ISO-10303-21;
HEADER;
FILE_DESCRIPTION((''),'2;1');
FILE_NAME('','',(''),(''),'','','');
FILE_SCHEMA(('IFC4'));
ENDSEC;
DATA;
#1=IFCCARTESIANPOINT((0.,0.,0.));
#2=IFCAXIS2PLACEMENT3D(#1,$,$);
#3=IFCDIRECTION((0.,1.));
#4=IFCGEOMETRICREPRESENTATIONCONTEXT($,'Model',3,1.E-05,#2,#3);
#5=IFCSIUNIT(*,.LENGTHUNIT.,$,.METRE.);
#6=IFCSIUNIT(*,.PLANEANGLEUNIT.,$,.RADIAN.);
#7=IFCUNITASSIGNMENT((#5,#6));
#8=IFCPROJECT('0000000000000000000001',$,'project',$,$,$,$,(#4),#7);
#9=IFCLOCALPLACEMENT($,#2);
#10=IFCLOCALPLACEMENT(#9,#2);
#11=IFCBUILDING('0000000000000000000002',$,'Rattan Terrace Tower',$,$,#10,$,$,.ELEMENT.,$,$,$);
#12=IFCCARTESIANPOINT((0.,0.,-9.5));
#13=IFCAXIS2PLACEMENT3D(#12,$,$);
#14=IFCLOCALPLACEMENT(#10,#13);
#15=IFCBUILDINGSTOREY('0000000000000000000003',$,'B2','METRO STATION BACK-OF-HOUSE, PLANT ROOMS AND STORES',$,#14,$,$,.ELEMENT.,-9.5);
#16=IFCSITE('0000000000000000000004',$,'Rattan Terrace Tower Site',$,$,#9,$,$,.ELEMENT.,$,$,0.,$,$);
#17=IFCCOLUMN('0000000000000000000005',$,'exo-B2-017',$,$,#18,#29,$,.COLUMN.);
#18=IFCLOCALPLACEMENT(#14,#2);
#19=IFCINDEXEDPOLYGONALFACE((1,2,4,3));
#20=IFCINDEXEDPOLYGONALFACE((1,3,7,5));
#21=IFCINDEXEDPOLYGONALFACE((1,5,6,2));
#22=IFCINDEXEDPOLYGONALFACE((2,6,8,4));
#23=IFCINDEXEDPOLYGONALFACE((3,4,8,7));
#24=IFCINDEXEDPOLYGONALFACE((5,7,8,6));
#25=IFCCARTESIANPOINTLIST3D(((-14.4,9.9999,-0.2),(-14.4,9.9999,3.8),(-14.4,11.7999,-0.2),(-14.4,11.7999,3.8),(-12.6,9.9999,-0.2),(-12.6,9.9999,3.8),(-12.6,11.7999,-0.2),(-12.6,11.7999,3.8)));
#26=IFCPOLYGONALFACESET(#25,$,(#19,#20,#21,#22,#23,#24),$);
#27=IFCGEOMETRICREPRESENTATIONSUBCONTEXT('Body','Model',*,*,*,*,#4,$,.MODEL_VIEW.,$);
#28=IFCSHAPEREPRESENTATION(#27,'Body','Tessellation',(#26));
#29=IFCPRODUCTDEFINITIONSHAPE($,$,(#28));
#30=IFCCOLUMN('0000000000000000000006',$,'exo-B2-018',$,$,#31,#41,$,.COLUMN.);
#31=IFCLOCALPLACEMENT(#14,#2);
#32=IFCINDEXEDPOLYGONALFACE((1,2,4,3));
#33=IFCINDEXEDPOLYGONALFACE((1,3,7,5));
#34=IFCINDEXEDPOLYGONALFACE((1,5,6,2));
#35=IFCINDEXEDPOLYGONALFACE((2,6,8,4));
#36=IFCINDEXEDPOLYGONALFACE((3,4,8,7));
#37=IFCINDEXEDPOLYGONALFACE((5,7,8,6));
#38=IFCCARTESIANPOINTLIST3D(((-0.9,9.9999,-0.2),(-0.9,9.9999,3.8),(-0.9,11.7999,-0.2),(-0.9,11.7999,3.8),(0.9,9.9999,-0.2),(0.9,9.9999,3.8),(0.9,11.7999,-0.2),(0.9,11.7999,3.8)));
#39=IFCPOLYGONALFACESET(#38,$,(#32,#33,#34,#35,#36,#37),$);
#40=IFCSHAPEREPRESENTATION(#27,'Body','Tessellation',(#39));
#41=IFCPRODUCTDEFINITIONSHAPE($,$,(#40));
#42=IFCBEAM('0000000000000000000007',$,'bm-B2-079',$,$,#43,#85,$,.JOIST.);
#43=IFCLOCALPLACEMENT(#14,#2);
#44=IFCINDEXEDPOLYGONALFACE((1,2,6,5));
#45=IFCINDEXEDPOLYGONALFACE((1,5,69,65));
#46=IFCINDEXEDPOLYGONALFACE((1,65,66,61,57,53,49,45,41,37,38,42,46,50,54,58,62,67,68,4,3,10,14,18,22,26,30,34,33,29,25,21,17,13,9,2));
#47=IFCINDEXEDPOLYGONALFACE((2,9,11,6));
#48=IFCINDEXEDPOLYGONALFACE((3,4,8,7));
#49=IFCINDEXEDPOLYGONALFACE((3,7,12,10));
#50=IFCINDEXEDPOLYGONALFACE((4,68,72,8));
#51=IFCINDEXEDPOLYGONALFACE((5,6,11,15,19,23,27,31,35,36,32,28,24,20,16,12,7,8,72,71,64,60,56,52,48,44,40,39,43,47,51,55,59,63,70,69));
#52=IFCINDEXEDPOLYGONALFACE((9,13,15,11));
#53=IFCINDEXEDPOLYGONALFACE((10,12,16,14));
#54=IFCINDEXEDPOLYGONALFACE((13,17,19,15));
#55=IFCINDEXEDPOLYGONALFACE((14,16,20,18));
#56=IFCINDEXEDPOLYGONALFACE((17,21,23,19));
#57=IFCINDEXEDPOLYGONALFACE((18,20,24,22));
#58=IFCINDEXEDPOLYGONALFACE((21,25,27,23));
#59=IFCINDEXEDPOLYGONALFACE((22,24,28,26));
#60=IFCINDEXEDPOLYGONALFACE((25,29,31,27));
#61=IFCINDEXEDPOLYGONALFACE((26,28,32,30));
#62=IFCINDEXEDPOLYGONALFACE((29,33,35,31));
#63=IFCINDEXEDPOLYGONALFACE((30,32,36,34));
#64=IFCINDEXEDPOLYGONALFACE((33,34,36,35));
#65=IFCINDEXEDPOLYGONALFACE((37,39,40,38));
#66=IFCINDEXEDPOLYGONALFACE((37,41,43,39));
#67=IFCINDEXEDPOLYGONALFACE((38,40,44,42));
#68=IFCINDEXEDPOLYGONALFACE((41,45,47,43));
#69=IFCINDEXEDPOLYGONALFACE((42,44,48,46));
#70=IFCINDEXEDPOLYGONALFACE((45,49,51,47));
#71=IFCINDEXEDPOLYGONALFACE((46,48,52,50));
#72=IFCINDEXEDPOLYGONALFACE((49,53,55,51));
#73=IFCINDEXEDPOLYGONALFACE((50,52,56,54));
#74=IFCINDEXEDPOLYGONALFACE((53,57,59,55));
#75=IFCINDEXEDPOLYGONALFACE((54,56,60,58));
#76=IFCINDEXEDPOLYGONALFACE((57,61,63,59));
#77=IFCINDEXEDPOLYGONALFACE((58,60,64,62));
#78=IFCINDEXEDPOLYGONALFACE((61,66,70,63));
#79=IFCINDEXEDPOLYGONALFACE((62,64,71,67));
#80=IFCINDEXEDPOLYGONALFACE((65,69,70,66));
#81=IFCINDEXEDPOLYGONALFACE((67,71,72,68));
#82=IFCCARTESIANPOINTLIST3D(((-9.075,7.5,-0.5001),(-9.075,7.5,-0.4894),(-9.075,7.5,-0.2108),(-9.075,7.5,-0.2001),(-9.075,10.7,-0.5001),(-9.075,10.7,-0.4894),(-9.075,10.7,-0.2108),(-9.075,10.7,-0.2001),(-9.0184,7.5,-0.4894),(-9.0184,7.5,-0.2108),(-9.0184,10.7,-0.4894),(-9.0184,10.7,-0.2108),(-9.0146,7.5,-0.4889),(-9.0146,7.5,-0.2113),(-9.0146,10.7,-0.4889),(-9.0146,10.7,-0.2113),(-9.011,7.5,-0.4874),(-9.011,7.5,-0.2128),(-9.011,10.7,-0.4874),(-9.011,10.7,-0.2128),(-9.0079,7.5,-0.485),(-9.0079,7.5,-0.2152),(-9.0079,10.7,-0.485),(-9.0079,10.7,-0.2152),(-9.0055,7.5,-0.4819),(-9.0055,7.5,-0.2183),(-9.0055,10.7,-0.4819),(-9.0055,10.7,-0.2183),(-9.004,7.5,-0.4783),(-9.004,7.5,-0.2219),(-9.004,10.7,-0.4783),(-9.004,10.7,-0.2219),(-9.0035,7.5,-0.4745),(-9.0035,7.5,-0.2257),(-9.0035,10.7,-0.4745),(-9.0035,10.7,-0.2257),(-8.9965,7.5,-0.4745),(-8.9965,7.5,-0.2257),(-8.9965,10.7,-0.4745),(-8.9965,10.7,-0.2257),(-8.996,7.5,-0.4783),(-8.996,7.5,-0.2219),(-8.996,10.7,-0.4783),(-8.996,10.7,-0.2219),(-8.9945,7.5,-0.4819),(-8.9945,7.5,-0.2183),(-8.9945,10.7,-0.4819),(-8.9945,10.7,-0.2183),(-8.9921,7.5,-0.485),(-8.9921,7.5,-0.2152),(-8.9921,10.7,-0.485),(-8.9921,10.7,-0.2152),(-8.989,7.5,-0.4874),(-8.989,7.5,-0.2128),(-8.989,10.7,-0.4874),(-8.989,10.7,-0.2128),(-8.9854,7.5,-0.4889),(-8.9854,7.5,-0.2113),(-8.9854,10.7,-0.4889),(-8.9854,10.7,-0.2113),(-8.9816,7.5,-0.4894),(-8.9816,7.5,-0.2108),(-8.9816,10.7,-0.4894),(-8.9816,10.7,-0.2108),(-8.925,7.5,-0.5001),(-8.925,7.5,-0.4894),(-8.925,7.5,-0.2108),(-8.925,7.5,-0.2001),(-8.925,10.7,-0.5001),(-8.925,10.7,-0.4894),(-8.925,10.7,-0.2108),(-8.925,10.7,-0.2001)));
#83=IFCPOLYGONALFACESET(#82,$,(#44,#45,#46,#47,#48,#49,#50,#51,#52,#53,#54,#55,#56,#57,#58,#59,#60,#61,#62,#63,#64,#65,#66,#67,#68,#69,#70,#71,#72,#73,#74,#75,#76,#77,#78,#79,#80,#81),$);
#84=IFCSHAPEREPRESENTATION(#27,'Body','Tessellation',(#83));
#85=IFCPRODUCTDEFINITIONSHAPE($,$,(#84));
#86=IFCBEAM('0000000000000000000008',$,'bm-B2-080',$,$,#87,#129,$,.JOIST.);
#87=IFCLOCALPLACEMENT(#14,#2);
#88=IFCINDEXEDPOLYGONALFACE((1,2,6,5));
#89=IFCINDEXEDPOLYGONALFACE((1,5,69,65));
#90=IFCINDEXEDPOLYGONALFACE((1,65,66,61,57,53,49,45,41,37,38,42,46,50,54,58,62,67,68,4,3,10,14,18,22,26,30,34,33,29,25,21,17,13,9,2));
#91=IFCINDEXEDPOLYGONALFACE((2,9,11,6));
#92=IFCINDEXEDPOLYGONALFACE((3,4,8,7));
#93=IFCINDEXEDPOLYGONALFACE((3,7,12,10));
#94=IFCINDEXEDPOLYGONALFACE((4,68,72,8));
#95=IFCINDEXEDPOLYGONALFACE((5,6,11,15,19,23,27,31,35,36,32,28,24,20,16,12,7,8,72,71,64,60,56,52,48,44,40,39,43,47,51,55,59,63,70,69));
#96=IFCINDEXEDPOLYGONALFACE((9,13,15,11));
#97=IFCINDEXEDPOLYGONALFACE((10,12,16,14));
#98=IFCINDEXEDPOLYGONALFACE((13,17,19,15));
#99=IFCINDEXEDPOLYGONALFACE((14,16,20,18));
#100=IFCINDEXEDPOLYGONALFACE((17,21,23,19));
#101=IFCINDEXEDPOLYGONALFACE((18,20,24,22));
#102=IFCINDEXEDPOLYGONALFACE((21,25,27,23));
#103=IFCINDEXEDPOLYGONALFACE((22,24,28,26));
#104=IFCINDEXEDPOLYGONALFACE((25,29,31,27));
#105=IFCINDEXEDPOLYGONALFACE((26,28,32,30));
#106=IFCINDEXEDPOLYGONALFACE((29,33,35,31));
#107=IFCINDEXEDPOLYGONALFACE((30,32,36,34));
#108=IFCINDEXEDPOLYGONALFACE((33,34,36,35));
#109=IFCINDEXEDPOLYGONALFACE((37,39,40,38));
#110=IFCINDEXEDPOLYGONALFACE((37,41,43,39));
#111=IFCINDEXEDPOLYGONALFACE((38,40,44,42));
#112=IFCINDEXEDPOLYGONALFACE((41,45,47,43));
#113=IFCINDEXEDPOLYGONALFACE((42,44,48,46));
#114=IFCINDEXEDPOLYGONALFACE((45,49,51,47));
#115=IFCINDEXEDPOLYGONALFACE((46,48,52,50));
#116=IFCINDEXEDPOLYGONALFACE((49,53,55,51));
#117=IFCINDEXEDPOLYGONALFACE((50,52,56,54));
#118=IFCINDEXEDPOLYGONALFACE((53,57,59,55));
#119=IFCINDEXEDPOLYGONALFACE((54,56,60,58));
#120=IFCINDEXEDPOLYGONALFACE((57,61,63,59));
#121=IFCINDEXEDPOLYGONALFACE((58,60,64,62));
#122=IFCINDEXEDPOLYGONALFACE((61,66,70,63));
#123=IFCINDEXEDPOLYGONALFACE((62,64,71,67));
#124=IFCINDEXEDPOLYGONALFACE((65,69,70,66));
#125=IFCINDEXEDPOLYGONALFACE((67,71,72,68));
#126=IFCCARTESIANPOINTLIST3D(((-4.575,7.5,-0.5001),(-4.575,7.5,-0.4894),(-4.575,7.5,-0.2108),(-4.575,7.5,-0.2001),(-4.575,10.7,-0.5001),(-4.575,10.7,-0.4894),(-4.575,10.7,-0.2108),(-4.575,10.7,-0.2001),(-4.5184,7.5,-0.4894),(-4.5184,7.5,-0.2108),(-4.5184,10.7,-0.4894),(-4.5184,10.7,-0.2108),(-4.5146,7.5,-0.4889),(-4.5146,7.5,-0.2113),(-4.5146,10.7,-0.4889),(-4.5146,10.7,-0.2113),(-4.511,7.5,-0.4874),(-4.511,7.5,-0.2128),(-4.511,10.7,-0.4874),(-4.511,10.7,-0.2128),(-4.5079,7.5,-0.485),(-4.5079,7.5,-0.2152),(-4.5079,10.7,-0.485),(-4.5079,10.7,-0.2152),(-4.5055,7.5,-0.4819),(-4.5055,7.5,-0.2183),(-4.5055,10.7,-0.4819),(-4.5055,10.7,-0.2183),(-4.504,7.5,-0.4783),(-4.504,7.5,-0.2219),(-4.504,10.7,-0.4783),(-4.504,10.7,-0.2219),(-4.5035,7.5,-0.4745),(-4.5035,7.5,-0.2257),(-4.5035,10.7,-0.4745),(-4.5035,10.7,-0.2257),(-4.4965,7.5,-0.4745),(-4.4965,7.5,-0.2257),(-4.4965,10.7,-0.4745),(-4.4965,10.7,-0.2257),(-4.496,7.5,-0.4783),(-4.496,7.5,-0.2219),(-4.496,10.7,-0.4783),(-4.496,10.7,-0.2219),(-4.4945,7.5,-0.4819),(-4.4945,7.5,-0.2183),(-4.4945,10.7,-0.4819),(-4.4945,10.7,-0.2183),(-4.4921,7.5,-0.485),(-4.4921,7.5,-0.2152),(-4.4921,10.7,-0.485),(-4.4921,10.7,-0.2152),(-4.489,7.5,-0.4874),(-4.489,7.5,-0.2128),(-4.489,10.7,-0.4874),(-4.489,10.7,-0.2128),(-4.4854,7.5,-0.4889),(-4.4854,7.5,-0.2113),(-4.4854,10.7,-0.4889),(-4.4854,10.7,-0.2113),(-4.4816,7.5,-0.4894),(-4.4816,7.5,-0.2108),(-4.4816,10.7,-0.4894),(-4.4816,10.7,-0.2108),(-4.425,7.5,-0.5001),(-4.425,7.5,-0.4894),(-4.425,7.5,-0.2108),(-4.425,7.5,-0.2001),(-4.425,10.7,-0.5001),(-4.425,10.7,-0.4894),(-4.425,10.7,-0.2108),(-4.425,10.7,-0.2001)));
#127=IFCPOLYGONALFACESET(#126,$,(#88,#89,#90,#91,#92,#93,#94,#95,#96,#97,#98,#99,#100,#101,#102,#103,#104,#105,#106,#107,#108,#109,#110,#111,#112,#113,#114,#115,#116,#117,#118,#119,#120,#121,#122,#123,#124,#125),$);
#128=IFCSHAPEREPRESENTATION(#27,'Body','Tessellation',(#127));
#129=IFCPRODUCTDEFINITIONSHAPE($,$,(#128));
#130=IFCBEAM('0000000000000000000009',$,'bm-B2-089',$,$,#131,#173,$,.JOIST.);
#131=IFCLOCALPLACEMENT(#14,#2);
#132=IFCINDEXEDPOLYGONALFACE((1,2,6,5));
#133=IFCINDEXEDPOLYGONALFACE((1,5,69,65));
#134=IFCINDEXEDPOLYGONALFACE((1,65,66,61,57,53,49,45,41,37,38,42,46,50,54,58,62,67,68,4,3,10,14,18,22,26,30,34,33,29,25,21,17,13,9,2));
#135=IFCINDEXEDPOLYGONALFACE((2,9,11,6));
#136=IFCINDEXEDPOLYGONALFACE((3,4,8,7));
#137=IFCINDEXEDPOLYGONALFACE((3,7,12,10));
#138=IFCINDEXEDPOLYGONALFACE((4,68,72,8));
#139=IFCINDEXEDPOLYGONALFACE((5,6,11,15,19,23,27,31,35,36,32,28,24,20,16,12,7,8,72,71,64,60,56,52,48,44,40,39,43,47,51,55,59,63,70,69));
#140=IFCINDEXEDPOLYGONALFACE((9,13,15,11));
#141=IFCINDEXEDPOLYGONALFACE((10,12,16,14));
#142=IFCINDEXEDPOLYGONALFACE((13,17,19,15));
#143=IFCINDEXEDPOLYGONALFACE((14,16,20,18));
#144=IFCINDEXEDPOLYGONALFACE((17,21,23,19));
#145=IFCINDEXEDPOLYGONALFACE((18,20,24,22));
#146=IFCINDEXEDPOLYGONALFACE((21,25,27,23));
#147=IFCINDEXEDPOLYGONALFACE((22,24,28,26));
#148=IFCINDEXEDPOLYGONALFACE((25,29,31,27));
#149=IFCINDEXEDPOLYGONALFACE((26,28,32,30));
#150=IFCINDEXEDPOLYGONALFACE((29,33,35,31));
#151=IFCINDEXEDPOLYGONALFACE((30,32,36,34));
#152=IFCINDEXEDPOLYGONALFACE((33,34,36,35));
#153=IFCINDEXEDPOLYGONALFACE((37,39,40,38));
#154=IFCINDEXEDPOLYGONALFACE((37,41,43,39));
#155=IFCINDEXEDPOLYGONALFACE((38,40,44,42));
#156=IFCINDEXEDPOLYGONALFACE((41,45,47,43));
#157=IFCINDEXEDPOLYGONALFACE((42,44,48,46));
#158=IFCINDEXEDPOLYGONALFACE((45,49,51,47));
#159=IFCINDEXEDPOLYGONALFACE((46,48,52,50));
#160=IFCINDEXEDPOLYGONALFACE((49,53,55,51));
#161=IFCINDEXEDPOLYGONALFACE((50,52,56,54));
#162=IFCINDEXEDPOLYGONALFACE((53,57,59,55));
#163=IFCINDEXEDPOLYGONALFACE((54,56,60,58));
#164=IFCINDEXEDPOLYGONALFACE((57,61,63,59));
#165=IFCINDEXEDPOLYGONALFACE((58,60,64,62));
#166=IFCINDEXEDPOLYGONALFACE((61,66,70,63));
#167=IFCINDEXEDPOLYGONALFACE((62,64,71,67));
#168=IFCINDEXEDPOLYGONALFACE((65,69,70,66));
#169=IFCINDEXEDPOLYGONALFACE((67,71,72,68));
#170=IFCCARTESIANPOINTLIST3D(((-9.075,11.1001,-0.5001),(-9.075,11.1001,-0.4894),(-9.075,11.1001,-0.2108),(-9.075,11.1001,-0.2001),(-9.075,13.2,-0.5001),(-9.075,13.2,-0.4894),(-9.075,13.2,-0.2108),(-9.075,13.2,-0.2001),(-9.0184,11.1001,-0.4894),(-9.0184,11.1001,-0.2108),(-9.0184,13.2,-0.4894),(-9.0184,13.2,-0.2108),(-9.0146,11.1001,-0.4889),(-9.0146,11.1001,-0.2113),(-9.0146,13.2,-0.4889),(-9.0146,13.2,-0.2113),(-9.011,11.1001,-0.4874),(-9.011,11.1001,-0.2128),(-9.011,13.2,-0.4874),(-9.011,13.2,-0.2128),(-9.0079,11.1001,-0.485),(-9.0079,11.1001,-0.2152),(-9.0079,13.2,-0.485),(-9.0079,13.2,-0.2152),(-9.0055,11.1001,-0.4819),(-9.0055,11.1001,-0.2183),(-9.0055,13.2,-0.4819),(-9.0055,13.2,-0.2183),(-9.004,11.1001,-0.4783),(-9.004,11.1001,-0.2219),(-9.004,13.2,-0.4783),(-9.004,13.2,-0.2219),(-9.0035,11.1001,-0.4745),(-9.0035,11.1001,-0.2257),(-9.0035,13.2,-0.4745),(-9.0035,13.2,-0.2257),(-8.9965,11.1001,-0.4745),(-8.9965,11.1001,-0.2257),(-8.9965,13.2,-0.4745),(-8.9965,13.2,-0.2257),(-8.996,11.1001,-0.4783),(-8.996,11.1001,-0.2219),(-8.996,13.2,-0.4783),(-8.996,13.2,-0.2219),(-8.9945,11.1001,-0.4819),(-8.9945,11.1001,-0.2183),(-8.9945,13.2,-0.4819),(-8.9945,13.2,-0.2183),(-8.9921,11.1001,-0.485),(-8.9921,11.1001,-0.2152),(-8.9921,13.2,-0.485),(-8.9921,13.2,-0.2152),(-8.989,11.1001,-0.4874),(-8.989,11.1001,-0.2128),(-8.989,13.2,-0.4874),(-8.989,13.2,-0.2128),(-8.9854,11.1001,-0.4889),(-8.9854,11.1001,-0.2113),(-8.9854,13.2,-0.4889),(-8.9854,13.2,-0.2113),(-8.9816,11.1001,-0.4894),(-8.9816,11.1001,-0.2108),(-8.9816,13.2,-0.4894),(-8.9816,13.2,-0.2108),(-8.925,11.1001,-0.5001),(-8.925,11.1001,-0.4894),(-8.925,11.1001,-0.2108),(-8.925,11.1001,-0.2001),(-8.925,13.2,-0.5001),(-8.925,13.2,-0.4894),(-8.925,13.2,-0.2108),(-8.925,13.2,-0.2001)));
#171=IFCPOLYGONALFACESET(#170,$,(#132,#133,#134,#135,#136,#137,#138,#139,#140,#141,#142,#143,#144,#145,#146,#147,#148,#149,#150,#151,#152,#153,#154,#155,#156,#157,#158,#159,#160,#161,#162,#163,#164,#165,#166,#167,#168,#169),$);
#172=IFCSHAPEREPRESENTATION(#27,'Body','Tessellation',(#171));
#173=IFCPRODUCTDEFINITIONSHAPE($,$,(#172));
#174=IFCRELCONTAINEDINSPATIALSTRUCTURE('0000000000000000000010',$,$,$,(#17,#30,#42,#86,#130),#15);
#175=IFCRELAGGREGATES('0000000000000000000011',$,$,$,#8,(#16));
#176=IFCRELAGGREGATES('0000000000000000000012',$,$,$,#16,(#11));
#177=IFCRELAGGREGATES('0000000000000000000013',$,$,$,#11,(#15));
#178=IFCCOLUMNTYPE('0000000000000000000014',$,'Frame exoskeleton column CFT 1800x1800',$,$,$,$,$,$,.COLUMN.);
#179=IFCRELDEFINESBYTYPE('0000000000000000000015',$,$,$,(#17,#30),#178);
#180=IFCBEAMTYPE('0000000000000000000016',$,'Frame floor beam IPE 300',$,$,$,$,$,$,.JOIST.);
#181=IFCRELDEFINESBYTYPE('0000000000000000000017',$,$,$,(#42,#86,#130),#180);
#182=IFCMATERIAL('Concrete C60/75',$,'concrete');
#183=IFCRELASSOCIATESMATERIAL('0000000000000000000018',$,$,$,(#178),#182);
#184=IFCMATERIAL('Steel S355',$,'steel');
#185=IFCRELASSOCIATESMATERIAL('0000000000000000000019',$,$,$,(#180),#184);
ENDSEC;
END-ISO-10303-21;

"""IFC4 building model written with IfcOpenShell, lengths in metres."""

from ifc_helpers import new_model, si_unit, direction, frame, origin, origin_2d, place, context, subcontext, project, spatial, rectangle, i_section, extrude, material, material_profile, profile_set, type_object, element, save


model = new_model("IFC4")

# Units and contexts
model_context = context("Model", 3, precision=1e-05, world=origin(), true_north=direction((0.0, 1.0)))
body_context = subcontext(model_context, "Body", "Model", "MODEL_VIEW")
ifc_project = project(units=[si_unit("LENGTHUNIT", "METRE"), si_unit("PLANEANGLEUNIT", "RADIAN")], contexts=[model_context])

# Site, building, storey
site_placement = place(None, origin())
site = spatial("IfcSite", under=ifc_project, at=site_placement, Name="Rattan Terrace Tower Site", CompositionType="ELEMENT", RefElevation=0.0)
building_placement = place(site_placement, origin())
building = spatial("IfcBuilding", under=site, at=building_placement, Name="Rattan Terrace Tower", CompositionType="ELEMENT")
storey_placement = place(building_placement, frame((0.0, 0.0, -9.5)))
storey = spatial("IfcBuildingStorey", under=building, at=storey_placement, Name="B2", Description="METRO STATION BACK-OF-HOUSE, PLANT ROOMS AND STORES", CompositionType="ELEMENT", Elevation=-9.5)

# Columns
ifc_material_1 = material(Name="Concrete C60/75", Category="concrete")
ifc_material_profile_1 = material_profile(ifc_material_1, rectangle(XDim=1.8, YDim=1.8, at=origin_2d()), Name="CFT 1800x1800")
ifc_profile_set_1 = profile_set([ifc_material_profile_1], Name="Concrete C60/75")
column_type = type_object("IfcColumnType", Name="Frame exoskeleton column CFT 1800x1800", PredefinedType="COLUMN", material=ifc_profile_set_1)
for number, where, z_axis, x_axis, name in (
    (1, (-13.5, 10.8999, -0.2), (0.0, 0.0, 1.0), (1.0, 0.0, 0.0), "exo-B2-017"),
    (2, (0.0, 10.8999, -0.2), (0.0, 0.0, 1.0), (1.0, 0.0, 0.0), "exo-B2-018"),
):
    element("IfcColumn", number, at=place(storey_placement, frame(where, z_axis=z_axis, x_axis=x_axis)), inside=storey, type_object=column_type, Name=name, PredefinedType="COLUMN", context=body_context, shape_type="SweptSolid", body=[
        extrude(rectangle(XDim=1.8, YDim=1.8, at=origin_2d()), origin(), (0.0, 0.0, 1.0), 4.0),
    ])

# Beams
ifc_material_2 = material(Name="Steel S355", Category="steel")
ifc_material_profile_2 = material_profile(ifc_material_2, i_section(OverallWidth=0.1499, OverallDepth=0.3, WebThickness=0.0071, FlangeThickness=0.0107, FilletRadius=0.0149, at=origin_2d()), Name="IPE 300")
ifc_profile_set_2 = profile_set([ifc_material_profile_2], Name="Steel S355")
beam_type_1 = type_object("IfcBeamType", Name="Frame floor beam IPE 300", PredefinedType="JOIST", material=ifc_profile_set_2)
for number, where, z_axis, x_axis, name in (
    (3, (-9.0, 7.5, -0.3501), (0.0, 1.0, 0.0), (-1.0, 0.0, 0.0), "bm-B2-079"),
    (4, (-4.5, 7.5, -0.3501), (0.0, 1.0, 0.0), (-1.0, 0.0, 0.0), "bm-B2-080"),
):
    element("IfcBeam", number, at=place(storey_placement, frame(where, z_axis=z_axis, x_axis=x_axis)), inside=storey, type_object=beam_type_1, Name=name, PredefinedType="JOIST", context=body_context, shape_type="SweptSolid", body=[
        extrude(i_section(OverallWidth=0.1499, OverallDepth=0.3, WebThickness=0.0071, FlangeThickness=0.0107, FilletRadius=0.0149, at=origin_2d()), origin(), (0.0, 0.0, 1.0), 3.2),
    ])
for number, where, z_axis, x_axis, name in (
    (5, (-9.0, 11.1001, -0.3501), (0.0, 1.0, 0.0), (-1.0, 0.0, 0.0), "bm-B2-089"),
):
    element("IfcBeam", number, at=place(storey_placement, frame(where, z_axis=z_axis, x_axis=x_axis)), inside=storey, type_object=beam_type_1, Name=name, PredefinedType="JOIST", context=body_context, shape_type="SweptSolid", body=[
        extrude(i_section(OverallWidth=0.1499, OverallDepth=0.3, WebThickness=0.0071, FlangeThickness=0.0107, FilletRadius=0.0149, at=origin_2d()), origin(), (0.0, 0.0, 1.0), 2.0999),
    ])

save(model, "model.ifc")
